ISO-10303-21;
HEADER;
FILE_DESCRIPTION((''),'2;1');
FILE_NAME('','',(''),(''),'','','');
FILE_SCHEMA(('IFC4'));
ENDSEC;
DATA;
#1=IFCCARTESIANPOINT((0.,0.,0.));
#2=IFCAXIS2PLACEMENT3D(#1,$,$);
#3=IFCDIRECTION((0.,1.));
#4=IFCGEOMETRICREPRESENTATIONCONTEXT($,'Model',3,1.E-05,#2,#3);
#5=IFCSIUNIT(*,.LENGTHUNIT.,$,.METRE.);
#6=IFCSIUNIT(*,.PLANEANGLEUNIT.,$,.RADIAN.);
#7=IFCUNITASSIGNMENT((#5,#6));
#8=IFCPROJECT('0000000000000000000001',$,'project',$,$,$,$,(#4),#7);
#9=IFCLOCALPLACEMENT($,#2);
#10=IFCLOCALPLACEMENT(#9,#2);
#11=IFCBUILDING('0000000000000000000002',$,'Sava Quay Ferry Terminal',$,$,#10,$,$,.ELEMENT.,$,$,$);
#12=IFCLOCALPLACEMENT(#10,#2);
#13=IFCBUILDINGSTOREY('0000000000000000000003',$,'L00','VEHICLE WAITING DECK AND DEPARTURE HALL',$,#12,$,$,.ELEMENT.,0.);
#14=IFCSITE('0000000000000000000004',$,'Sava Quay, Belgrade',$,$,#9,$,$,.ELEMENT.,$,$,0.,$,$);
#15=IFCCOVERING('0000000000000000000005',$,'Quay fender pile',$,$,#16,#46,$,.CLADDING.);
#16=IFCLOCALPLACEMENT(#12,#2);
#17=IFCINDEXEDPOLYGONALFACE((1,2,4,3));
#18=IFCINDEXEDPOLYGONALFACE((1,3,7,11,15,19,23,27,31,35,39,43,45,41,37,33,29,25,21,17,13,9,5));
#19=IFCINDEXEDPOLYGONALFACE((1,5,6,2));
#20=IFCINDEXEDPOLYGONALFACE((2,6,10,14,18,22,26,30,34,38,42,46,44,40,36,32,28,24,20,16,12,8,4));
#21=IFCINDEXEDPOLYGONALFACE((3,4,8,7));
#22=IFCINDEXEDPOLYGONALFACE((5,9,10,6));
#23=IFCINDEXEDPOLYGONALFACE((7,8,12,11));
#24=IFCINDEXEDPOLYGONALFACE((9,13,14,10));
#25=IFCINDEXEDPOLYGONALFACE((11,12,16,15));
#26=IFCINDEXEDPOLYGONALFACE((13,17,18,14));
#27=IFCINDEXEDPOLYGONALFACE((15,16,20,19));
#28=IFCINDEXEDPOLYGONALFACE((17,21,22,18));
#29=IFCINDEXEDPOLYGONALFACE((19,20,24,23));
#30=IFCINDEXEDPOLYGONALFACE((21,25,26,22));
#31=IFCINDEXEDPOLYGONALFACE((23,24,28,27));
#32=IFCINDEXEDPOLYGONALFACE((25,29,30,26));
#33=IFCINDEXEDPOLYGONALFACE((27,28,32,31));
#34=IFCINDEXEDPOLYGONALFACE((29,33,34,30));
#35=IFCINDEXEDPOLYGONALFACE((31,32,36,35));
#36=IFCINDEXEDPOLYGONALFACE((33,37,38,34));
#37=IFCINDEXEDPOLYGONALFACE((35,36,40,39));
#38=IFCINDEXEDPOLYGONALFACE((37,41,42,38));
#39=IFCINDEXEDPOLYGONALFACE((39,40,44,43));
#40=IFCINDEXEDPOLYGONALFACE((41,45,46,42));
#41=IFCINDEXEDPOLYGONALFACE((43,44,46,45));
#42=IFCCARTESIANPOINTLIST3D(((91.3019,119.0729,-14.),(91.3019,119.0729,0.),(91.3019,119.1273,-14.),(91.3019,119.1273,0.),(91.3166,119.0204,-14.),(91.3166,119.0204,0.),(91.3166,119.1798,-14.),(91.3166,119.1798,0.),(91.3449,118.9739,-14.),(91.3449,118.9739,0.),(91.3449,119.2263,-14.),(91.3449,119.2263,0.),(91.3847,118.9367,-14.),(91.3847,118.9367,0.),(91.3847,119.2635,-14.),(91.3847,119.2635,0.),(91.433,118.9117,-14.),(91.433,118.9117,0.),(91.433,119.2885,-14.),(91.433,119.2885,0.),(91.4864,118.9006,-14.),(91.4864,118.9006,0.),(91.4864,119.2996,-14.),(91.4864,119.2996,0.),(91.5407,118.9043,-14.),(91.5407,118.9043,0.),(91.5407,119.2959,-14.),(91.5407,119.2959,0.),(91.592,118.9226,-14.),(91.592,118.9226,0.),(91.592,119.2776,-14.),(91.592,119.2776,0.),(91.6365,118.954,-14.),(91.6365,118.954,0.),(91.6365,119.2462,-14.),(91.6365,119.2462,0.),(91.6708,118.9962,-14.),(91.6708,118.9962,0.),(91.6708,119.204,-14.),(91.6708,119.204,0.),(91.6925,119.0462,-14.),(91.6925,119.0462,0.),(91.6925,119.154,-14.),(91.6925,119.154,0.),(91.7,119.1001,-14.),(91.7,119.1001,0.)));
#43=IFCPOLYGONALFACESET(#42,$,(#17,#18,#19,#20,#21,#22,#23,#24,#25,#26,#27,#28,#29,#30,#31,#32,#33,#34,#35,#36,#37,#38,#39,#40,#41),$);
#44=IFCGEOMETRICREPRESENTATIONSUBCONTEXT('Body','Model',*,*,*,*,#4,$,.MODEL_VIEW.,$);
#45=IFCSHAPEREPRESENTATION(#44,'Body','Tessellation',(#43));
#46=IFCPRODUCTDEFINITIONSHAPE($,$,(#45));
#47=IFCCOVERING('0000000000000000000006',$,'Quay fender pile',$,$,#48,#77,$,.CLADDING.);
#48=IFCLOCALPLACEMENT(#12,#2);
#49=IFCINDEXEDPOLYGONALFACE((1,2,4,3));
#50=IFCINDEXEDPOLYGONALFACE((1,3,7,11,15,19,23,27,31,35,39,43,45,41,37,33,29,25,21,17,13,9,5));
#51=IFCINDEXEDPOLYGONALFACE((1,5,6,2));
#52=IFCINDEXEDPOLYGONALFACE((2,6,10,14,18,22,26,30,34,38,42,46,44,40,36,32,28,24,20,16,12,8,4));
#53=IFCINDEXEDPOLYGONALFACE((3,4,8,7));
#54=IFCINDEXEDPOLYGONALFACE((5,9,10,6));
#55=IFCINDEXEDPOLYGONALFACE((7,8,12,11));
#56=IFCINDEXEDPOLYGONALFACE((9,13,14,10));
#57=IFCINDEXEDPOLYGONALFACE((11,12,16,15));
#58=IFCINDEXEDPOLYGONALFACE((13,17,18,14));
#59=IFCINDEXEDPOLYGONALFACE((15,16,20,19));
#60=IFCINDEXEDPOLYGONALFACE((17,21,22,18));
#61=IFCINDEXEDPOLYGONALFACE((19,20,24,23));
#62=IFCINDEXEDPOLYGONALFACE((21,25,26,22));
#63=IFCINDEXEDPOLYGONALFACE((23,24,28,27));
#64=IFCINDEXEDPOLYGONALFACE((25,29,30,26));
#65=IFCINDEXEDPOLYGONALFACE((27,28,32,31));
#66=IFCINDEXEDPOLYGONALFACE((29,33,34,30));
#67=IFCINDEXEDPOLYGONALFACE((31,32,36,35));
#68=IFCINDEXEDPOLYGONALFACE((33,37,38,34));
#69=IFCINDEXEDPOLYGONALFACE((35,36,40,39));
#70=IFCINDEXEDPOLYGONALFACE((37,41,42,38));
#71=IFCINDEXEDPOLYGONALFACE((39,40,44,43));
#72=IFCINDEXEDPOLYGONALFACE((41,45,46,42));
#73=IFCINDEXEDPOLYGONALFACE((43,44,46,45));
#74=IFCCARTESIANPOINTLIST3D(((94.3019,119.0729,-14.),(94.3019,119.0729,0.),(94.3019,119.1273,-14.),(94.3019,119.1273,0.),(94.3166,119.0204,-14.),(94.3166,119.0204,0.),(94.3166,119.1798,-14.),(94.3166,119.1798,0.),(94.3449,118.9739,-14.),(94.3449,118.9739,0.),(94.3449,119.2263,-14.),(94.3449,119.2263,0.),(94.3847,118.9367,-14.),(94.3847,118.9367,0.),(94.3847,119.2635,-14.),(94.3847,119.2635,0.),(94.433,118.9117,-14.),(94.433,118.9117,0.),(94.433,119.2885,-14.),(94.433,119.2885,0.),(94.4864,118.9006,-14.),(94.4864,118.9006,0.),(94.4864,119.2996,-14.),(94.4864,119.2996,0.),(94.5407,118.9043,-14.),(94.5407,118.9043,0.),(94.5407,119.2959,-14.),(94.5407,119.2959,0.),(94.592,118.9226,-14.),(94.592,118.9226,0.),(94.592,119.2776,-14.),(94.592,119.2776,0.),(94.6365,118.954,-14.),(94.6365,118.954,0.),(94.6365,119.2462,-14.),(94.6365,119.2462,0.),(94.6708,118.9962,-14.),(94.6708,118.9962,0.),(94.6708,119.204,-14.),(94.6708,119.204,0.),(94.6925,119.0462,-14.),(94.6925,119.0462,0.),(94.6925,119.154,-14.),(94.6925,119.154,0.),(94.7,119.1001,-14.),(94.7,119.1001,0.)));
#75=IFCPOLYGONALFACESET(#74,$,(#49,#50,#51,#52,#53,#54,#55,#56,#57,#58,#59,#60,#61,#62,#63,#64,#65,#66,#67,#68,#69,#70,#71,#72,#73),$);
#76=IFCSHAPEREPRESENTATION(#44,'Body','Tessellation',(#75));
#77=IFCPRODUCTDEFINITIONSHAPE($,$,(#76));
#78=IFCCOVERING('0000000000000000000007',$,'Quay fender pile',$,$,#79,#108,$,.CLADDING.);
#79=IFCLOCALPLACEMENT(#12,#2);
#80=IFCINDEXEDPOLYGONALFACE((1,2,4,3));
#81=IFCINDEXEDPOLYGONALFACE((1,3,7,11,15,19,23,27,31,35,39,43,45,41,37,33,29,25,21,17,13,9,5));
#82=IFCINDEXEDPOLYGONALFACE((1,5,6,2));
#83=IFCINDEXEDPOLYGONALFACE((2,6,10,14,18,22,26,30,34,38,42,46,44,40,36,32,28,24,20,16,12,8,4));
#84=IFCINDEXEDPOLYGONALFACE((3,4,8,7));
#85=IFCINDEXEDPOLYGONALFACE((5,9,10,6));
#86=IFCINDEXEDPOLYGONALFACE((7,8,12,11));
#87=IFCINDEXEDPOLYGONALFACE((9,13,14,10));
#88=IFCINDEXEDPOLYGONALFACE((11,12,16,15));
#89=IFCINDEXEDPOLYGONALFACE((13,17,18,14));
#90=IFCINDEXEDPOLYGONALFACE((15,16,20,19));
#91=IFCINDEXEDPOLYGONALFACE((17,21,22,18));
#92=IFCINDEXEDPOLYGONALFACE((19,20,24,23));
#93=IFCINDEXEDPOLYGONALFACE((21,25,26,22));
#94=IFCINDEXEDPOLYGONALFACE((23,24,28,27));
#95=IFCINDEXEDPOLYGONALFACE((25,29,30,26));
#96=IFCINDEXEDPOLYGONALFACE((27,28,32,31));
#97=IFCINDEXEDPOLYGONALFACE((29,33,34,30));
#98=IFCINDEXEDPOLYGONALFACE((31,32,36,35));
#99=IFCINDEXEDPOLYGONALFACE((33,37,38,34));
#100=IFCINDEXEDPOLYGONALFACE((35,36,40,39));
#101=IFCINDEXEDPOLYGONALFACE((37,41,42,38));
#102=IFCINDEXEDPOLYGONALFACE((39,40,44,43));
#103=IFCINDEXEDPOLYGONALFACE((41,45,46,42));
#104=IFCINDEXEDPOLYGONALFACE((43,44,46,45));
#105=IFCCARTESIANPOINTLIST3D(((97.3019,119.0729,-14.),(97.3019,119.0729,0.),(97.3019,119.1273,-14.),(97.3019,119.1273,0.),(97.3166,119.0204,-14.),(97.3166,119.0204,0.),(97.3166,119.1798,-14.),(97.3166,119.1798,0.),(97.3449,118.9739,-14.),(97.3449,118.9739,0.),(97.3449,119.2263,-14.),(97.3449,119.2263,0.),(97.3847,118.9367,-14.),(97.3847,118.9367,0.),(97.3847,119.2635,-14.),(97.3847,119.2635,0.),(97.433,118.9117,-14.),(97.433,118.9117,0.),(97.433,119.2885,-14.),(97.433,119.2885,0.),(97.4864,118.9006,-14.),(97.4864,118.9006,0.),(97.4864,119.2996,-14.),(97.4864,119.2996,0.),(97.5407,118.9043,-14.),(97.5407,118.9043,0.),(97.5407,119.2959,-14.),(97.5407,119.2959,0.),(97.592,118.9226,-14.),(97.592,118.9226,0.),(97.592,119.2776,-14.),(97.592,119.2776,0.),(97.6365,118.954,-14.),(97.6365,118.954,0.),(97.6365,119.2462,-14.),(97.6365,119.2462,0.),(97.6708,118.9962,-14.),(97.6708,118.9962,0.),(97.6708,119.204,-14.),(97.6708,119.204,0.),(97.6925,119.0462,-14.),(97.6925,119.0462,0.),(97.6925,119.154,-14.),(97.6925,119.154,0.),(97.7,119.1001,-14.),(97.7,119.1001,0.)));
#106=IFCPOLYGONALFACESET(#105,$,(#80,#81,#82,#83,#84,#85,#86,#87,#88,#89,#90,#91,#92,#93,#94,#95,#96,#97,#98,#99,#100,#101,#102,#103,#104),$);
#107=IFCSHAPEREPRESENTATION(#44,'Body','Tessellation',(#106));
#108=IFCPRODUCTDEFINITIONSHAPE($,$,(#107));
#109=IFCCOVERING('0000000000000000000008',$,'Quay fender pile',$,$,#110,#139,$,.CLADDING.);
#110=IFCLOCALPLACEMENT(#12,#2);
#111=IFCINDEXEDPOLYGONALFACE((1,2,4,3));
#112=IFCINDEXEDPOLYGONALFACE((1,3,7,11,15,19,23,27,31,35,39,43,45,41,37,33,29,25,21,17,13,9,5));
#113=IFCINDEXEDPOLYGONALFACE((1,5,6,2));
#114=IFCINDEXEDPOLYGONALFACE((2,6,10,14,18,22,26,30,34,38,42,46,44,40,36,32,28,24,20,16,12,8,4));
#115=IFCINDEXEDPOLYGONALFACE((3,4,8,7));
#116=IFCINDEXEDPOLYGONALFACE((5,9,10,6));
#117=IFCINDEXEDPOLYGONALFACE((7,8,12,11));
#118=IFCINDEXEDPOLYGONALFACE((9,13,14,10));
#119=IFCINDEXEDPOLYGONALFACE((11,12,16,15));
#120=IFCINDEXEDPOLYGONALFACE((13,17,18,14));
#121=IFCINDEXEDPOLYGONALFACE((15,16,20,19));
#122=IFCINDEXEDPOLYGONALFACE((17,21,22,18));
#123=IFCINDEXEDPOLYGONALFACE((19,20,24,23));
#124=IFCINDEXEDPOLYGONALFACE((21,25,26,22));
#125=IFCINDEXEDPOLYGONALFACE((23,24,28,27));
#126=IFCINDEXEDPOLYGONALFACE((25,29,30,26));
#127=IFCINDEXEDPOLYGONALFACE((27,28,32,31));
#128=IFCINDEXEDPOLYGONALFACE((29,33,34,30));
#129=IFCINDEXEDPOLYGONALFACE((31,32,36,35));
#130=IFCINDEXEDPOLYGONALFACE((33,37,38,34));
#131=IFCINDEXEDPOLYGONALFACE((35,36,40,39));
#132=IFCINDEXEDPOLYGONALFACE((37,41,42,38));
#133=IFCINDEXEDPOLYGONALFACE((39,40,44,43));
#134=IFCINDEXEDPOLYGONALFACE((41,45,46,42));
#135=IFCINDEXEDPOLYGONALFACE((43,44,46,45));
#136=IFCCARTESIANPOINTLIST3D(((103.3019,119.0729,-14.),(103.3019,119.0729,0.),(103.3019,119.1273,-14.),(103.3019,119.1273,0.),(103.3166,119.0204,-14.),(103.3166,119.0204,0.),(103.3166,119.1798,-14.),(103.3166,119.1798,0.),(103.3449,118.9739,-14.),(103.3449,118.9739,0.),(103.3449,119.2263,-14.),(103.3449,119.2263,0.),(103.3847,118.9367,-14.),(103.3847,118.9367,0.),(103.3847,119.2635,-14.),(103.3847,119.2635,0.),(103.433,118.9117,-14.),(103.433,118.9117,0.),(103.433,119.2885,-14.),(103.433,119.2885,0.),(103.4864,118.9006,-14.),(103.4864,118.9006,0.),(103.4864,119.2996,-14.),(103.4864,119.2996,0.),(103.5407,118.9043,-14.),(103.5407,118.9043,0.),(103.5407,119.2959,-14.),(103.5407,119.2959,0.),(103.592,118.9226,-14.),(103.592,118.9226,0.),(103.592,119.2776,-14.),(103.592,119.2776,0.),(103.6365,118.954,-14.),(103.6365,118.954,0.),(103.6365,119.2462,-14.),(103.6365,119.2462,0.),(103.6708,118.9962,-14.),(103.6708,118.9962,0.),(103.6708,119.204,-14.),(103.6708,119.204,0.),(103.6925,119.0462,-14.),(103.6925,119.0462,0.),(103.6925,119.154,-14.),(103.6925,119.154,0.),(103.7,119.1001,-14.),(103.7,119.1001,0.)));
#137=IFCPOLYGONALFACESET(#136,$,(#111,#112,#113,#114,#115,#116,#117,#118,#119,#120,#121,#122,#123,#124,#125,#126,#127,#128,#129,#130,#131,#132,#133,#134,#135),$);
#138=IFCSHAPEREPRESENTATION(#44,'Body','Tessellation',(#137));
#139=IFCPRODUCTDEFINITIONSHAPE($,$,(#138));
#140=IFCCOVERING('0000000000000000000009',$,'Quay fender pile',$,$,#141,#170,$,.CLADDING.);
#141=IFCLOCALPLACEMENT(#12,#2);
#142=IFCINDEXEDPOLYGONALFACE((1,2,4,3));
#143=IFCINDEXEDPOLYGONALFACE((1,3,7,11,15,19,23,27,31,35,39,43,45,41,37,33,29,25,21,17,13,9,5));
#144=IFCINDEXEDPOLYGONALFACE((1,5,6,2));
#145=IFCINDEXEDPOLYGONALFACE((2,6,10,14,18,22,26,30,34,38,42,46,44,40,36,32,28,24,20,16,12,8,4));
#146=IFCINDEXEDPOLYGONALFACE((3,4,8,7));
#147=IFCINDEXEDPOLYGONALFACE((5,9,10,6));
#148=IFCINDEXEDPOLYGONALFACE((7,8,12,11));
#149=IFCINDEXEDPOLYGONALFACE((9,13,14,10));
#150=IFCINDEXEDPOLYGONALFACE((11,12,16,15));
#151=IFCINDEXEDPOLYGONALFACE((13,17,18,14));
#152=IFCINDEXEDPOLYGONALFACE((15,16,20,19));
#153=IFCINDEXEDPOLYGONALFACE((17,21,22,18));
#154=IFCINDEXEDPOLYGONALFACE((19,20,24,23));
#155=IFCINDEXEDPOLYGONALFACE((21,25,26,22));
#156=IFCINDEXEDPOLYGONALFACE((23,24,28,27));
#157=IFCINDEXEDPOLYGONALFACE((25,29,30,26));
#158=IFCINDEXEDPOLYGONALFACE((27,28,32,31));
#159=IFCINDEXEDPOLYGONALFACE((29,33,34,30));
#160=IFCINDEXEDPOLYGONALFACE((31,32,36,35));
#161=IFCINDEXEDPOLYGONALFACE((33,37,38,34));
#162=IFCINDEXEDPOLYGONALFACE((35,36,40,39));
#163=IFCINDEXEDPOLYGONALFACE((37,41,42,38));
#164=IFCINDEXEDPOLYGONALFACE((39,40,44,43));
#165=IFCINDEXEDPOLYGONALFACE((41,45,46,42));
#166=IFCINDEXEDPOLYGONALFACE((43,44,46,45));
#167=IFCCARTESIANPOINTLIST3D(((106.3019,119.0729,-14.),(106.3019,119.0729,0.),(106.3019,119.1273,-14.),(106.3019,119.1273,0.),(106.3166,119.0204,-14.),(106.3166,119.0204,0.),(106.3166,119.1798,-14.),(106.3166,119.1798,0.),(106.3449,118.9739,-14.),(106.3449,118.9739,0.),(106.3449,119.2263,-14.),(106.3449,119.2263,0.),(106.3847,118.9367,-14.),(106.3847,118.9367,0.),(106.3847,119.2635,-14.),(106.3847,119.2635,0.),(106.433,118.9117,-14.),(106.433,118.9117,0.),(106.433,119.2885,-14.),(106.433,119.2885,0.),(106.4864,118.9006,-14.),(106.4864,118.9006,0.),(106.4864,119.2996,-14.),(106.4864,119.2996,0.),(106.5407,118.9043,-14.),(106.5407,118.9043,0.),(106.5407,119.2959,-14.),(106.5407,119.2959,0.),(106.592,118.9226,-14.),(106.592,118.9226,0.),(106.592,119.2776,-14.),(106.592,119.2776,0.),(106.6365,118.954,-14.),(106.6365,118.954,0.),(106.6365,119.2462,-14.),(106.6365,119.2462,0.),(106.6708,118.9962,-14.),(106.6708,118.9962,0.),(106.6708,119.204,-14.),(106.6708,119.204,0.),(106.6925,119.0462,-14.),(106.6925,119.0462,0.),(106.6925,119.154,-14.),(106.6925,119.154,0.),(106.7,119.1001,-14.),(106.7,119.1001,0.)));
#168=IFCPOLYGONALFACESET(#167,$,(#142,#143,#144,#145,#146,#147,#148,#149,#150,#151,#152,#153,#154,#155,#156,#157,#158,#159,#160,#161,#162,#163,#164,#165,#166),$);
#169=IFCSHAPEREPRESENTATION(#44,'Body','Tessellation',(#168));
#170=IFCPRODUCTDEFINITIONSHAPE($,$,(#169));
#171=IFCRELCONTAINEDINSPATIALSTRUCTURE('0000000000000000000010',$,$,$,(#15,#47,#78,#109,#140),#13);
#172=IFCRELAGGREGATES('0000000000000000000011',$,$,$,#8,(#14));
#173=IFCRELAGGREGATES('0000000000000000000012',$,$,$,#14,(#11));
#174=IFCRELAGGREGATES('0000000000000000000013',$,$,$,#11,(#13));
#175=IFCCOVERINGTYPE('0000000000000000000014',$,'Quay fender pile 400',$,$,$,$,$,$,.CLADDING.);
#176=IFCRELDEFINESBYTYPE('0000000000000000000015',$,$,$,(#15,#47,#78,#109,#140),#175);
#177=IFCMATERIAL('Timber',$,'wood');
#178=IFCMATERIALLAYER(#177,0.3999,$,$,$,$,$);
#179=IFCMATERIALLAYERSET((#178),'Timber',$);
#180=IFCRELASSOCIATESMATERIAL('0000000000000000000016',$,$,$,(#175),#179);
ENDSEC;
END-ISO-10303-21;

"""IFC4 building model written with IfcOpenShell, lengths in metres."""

from ifc_helpers import new_model, si_unit, direction, frame, origin, origin_2d, place, context, subcontext, project, spatial, circle, extrude, material, layer, layer_set, type_object, element, save


model = new_model("IFC4")

# Units and contexts
model_context = context("Model", 3, precision=1e-05, world=origin(), true_north=direction((0.0, 1.0)))
body_context = subcontext(model_context, "Body", "Model", "MODEL_VIEW")
ifc_project = project(units=[si_unit("LENGTHUNIT", "METRE"), si_unit("PLANEANGLEUNIT", "RADIAN")], contexts=[model_context])

# Site, building, storey
site_placement = place(None, origin())
site = spatial("IfcSite", under=ifc_project, at=site_placement, Name="Sava Quay, Belgrade", CompositionType="ELEMENT", RefElevation=0.0)
building_placement = place(site_placement, origin())
building = spatial("IfcBuilding", under=site, at=building_placement, Name="Sava Quay Ferry Terminal", CompositionType="ELEMENT")
storey_placement = place(building_placement, origin())
storey = spatial("IfcBuildingStorey", under=building, at=storey_placement, Name="L00", Description="VEHICLE WAITING DECK AND DEPARTURE HALL", CompositionType="ELEMENT", Elevation=0.0)

# Coverings
ifc_material_1 = material(Name="Timber", Category="wood")
ifc_layer_1 = layer(ifc_material_1, 0.3999)
ifc_layer_set_1 = layer_set([ifc_layer_1], Name="Timber")
covering_type_1 = type_object("IfcCoveringType", Name="Quay fender pile 400", PredefinedType="CLADDING", material=ifc_layer_set_1)
for number, where, z_axis, x_axis, name in (
    (1, (91.5, 119.1001, 0.0), (0.0, 0.0, -1.0), (1.0, 0.0, 0.0), "Quay fender pile"),
    (2, (94.5, 119.1001, 0.0), (0.0, 0.0, -1.0), (1.0, 0.0, 0.0), "Quay fender pile"),
    (3, (97.5, 119.1001, 0.0), (0.0, 0.0, -1.0), (1.0, 0.0, 0.0), "Quay fender pile"),
    (4, (103.5, 119.1001, 0.0), (0.0, 0.0, -1.0), (1.0, 0.0, 0.0), "Quay fender pile"),
    (5, (106.5, 119.1001, 0.0), (0.0, 0.0, -1.0), (1.0, 0.0, 0.0), "Quay fender pile"),
):
    element("IfcCovering", number, at=place(storey_placement, frame(where, z_axis=z_axis, x_axis=x_axis)), inside=storey, type_object=covering_type_1, Name=name, PredefinedType="CLADDING", context=body_context, shape_type="SweptSolid", body=[
        extrude(circle(Radius=0.2, at=origin_2d()), origin(), (0.0, 0.0, 1.0), 14.0),
    ])

save(model, "model.ifc")
